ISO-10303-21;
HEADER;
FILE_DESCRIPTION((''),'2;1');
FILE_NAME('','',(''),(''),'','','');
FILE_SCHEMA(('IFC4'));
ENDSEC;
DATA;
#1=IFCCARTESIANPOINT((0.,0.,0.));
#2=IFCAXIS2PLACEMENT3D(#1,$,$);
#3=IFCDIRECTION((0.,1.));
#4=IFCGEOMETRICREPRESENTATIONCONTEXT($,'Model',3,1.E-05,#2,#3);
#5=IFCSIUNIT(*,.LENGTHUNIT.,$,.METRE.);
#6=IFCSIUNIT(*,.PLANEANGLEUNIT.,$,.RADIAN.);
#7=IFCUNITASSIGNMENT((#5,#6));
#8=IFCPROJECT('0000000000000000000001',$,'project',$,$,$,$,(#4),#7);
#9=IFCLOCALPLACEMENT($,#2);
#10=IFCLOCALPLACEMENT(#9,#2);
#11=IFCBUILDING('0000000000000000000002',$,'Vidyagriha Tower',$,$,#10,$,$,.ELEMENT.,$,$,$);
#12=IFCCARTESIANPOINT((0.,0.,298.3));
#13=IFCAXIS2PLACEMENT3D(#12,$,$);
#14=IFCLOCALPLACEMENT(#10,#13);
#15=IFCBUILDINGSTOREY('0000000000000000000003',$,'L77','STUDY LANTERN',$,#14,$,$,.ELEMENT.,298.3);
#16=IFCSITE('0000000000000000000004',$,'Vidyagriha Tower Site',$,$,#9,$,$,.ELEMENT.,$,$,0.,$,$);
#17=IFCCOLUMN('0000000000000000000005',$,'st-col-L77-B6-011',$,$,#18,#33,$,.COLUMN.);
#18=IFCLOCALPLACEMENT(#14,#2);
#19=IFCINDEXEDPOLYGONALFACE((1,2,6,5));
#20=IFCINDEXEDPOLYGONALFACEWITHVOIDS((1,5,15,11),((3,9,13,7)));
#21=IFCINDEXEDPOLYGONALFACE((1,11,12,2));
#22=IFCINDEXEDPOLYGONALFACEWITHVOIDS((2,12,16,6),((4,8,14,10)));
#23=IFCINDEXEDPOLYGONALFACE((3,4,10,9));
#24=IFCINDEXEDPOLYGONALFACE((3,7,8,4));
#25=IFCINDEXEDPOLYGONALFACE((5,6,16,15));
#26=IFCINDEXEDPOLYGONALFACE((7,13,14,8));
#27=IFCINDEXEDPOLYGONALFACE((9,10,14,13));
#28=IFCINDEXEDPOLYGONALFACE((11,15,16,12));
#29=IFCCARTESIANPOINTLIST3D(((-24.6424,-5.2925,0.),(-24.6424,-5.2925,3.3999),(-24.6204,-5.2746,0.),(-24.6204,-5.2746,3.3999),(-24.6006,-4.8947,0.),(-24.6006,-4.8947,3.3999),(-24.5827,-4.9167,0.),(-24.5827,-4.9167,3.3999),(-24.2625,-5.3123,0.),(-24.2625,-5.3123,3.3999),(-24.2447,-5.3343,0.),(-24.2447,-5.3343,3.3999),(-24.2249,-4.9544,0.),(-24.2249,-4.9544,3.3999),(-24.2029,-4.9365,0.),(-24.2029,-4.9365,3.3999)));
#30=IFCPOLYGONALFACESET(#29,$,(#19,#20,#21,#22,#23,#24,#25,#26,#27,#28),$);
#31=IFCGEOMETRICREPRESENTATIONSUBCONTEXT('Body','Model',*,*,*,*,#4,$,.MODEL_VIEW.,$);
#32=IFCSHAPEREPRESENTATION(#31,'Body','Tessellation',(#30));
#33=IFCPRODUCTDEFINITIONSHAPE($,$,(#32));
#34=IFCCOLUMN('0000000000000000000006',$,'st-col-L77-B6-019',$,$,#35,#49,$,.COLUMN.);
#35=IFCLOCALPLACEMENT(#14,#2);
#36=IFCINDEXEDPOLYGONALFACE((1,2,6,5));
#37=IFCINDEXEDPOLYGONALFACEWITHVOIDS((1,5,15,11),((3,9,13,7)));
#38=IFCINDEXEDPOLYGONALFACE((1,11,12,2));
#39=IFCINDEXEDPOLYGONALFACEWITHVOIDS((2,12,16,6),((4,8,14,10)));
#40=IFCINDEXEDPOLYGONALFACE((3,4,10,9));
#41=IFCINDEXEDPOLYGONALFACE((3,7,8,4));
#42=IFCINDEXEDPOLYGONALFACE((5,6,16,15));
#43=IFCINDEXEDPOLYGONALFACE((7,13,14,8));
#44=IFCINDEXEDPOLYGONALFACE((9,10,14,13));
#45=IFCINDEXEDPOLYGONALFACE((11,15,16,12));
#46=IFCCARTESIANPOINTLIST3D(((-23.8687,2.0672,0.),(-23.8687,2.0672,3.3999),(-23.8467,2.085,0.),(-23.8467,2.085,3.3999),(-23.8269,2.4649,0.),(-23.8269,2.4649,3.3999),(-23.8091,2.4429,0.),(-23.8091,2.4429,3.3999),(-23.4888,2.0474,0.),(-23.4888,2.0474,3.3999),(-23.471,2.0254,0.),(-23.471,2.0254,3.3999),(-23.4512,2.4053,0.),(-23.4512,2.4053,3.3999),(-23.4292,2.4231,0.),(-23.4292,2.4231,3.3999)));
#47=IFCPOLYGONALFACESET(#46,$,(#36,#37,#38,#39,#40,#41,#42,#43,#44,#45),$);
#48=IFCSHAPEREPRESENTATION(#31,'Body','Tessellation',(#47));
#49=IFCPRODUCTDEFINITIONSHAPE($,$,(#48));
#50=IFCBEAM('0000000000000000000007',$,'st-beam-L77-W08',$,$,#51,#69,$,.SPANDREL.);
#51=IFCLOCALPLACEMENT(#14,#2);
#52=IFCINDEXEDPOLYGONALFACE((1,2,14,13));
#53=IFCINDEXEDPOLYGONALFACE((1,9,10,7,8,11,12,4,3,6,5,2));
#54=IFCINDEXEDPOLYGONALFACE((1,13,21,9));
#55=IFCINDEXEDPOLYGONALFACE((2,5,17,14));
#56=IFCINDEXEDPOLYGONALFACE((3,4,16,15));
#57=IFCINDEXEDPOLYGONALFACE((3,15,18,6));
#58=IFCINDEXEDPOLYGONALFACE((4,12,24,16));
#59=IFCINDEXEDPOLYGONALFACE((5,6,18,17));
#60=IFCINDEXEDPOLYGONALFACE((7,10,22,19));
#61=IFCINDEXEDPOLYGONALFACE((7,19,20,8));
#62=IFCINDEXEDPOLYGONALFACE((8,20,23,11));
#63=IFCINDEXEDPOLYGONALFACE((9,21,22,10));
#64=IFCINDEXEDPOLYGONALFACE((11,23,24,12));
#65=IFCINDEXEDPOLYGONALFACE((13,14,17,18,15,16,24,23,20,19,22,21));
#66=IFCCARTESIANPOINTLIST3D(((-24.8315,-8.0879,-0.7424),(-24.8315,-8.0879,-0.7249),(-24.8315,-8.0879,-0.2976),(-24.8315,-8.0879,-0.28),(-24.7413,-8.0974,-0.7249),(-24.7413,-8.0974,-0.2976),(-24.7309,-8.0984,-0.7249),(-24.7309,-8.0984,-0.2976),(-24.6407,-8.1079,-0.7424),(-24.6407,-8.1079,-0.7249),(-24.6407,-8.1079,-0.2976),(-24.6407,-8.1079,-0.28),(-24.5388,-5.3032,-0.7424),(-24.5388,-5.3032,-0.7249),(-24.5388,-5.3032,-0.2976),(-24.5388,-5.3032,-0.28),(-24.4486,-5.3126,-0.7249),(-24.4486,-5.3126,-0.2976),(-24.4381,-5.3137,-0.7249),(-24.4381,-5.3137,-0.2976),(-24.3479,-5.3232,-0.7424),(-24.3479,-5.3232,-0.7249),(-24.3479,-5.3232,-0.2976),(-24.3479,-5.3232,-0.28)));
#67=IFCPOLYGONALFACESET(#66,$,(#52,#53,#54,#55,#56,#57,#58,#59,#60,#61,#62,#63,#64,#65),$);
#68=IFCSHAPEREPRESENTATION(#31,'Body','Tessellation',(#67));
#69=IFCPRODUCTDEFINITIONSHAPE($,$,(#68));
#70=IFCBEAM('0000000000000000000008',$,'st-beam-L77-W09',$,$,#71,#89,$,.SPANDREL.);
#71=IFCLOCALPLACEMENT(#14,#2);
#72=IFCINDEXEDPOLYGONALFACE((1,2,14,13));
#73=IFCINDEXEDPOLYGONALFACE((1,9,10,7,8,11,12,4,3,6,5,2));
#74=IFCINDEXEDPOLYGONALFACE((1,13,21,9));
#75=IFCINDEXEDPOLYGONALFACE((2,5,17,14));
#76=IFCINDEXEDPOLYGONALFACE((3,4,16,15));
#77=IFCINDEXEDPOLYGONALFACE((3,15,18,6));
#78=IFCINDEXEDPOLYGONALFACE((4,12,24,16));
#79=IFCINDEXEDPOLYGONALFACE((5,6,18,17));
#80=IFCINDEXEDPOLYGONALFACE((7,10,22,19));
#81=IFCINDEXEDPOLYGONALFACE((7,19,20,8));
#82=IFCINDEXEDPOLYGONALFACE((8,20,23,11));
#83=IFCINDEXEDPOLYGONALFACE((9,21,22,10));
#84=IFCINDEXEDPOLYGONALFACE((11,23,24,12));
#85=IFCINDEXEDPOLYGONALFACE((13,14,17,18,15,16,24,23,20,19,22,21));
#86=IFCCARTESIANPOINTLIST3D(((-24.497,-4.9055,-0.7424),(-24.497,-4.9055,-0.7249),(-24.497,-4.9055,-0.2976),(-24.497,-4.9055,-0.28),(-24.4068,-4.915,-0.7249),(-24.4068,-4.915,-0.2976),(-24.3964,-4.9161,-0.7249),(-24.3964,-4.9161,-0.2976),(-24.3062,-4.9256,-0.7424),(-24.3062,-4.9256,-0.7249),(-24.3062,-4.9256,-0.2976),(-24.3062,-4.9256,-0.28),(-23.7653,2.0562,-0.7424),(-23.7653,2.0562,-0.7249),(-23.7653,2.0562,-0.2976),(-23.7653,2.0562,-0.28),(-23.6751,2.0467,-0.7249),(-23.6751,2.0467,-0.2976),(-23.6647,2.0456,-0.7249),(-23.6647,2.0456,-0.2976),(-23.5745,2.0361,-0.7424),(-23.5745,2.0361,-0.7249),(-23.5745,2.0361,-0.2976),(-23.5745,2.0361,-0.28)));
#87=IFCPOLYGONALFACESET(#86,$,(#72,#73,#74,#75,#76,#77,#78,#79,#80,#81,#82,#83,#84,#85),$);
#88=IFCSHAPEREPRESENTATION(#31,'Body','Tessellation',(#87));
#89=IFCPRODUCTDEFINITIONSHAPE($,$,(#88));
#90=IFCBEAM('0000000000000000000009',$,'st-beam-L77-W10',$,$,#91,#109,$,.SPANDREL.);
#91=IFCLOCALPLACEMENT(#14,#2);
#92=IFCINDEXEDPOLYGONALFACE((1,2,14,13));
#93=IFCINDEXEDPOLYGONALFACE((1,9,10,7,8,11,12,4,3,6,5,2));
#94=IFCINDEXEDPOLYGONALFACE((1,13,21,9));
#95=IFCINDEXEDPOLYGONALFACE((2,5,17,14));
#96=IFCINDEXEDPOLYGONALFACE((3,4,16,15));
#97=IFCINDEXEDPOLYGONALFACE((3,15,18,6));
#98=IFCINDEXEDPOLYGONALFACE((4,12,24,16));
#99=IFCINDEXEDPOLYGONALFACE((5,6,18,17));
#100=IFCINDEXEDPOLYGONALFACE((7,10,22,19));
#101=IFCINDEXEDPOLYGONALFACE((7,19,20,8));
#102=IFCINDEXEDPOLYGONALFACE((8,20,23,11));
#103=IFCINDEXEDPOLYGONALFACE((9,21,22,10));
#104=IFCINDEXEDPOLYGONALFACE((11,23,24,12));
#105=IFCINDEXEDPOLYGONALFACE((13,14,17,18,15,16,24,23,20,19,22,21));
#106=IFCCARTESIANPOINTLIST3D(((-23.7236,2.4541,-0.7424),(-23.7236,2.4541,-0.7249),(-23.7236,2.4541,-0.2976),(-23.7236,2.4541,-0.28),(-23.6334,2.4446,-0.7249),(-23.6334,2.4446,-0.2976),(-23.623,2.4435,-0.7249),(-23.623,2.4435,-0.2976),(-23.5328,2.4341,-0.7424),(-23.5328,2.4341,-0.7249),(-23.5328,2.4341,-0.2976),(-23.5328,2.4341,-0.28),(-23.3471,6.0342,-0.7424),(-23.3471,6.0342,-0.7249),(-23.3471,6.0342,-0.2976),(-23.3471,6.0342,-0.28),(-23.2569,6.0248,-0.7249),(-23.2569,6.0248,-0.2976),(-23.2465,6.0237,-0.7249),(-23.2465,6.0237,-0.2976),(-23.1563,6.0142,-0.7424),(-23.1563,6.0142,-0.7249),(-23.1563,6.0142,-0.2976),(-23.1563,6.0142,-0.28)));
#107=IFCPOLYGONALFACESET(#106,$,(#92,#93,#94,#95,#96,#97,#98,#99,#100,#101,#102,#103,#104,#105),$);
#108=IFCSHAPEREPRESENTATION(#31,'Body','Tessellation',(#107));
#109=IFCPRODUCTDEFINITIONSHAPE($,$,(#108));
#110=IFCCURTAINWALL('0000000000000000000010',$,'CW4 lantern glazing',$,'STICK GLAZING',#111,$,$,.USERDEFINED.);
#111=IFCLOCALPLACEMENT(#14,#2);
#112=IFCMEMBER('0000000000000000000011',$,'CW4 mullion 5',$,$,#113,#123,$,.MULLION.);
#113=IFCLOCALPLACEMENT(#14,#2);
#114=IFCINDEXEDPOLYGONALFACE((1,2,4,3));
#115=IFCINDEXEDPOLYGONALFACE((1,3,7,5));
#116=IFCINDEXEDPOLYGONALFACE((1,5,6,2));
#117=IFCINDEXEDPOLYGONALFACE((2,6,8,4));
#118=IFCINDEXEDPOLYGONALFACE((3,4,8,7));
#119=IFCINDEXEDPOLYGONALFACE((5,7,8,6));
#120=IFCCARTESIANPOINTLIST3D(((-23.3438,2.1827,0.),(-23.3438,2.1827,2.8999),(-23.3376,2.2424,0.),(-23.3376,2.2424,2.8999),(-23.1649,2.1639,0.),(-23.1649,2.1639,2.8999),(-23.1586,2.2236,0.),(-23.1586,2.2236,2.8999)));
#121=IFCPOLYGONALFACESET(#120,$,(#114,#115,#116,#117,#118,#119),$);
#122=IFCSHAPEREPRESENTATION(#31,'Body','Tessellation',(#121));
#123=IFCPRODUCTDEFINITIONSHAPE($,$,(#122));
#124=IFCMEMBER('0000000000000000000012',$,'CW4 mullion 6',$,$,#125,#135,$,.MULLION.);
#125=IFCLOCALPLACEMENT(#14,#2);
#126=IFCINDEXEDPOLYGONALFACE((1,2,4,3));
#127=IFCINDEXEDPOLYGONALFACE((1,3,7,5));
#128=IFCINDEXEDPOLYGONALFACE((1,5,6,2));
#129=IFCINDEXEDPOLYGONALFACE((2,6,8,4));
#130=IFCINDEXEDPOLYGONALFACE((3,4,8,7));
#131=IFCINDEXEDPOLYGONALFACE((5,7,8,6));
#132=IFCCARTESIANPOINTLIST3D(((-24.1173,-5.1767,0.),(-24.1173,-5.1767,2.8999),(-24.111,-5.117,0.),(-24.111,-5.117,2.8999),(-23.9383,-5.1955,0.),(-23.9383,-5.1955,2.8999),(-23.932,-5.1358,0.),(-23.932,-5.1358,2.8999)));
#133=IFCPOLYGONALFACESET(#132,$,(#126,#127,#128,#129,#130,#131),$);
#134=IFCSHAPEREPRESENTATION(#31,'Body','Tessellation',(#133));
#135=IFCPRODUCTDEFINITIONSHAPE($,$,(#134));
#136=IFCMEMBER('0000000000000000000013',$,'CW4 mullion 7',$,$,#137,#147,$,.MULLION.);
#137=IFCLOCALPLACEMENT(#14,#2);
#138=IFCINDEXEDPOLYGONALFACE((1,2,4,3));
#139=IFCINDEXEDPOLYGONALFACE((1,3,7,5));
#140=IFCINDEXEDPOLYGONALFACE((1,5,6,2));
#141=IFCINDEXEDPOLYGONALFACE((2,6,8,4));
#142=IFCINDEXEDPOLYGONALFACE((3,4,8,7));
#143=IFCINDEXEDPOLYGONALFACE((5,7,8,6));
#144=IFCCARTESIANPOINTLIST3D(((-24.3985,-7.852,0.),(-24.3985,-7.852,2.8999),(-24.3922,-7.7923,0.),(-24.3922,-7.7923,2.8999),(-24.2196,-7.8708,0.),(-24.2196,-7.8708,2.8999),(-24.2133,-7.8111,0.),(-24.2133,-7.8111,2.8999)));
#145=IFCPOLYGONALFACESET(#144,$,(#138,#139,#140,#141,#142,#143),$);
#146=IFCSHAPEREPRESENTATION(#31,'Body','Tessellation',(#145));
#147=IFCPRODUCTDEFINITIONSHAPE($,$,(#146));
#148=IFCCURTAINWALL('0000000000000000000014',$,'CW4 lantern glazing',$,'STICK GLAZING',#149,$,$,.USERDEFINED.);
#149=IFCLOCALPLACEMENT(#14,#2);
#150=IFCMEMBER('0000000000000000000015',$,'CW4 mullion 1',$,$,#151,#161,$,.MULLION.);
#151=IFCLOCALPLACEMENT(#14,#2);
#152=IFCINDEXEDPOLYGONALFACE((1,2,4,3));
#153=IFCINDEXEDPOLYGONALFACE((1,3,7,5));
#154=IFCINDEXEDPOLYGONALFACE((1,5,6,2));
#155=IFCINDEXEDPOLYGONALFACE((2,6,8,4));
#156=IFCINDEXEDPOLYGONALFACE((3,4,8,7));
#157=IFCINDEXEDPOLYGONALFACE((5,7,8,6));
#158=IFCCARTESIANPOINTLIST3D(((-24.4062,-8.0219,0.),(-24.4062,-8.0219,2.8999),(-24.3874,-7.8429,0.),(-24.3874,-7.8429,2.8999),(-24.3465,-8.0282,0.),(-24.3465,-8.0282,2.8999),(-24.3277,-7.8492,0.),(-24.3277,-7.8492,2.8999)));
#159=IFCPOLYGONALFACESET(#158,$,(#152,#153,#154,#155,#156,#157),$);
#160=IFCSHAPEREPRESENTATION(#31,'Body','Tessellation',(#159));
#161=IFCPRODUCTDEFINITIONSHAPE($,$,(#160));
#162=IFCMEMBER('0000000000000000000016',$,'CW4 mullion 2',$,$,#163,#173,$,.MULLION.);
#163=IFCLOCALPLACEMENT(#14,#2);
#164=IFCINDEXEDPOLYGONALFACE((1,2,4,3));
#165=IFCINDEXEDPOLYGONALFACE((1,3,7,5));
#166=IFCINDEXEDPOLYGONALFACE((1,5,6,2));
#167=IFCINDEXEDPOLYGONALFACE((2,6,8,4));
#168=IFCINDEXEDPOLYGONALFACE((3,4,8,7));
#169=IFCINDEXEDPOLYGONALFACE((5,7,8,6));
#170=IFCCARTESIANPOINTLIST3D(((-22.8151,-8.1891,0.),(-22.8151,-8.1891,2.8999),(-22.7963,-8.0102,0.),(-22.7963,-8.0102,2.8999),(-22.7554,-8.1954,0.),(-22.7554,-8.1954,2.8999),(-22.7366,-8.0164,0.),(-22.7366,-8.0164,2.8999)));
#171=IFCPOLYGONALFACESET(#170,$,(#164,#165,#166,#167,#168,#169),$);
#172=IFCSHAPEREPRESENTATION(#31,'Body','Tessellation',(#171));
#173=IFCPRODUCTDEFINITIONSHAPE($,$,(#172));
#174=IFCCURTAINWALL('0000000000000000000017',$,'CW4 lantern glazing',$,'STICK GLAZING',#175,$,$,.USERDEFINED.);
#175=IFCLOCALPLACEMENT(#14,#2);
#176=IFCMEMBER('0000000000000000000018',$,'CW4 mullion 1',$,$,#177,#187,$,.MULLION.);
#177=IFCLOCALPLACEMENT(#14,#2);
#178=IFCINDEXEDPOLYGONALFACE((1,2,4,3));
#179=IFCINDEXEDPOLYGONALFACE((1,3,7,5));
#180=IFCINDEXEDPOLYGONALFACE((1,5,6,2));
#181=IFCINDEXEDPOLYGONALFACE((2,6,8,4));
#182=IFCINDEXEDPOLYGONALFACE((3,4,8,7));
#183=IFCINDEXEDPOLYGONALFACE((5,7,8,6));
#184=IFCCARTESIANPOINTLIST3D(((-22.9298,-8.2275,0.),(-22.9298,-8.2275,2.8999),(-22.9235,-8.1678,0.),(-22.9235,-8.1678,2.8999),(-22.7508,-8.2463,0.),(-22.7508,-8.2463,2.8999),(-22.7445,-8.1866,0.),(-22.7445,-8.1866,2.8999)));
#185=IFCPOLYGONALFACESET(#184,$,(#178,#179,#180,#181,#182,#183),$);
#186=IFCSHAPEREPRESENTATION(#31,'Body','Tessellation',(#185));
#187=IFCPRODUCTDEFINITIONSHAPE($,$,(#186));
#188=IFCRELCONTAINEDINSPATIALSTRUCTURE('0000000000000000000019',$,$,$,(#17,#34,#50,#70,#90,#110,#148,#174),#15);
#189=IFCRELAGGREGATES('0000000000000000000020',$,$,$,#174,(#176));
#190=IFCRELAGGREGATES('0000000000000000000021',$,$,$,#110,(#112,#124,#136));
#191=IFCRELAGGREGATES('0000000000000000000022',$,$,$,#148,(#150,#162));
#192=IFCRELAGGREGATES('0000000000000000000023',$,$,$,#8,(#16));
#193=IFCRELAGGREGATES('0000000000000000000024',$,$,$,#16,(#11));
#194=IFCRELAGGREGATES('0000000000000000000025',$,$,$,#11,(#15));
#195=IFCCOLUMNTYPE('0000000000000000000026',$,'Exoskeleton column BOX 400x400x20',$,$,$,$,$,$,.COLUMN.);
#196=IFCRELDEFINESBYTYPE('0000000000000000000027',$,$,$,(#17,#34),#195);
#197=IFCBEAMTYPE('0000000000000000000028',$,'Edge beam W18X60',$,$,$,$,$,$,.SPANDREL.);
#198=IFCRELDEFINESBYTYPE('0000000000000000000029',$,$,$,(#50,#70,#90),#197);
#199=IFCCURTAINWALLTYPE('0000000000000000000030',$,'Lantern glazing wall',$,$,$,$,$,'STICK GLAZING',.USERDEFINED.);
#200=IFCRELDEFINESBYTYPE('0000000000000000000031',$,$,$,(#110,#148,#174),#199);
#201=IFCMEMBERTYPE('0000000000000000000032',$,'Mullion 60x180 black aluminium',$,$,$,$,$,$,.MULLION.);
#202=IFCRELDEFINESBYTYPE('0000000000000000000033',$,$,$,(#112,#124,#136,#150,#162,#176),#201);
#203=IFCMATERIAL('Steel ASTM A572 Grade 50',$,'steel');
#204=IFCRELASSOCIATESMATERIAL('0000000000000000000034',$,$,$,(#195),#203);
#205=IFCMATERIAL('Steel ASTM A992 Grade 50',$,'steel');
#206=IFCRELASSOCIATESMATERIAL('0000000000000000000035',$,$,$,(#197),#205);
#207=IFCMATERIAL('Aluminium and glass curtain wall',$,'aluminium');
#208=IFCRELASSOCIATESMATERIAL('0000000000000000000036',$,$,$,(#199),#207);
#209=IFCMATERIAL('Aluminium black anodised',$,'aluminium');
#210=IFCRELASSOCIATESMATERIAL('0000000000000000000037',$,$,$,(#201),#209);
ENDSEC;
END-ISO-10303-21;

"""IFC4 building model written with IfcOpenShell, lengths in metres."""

from ifc_helpers import new_model, si_unit, direction, frame, origin, origin_2d, place, context, subcontext, project, spatial, rectangle, hollow_rectangle, i_section, extrude, material, material_profile, profile_set, type_object, element, aggregate, save


model = new_model("IFC4")

# Units and contexts
model_context = context("Model", 3, precision=1e-05, world=origin(), true_north=direction((0.0, 1.0)))
body_context = subcontext(model_context, "Body", "Model", "MODEL_VIEW")
ifc_project = project(units=[si_unit("LENGTHUNIT", "METRE"), si_unit("PLANEANGLEUNIT", "RADIAN")], contexts=[model_context])

# Site, building, storey
site_placement = place(None, origin())
site = spatial("IfcSite", under=ifc_project, at=site_placement, Name="Vidyagriha Tower Site", CompositionType="ELEMENT", RefElevation=0.0)
building_placement = place(site_placement, origin())
building = spatial("IfcBuilding", under=site, at=building_placement, Name="Vidyagriha Tower", CompositionType="ELEMENT")
storey_placement = place(building_placement, frame((0.0, 0.0, 298.3)))
storey = spatial("IfcBuildingStorey", under=building, at=storey_placement, Name="L77", Description="STUDY LANTERN", CompositionType="ELEMENT", Elevation=298.3)

# Columns
ifc_material_1 = material(Name="Steel ASTM A572 Grade 50", Category="steel")
ifc_material_profile_1 = material_profile(ifc_material_1, hollow_rectangle(XDim=0.3999, YDim=0.3999, WallThickness=0.02, at=origin_2d()), Name="BOX 400x400x20")
ifc_profile_set_1 = profile_set([ifc_material_profile_1], Name="Steel ASTM A572 Grade 50")
column_type = type_object("IfcColumnType", Name="Exoskeleton column BOX 400x400x20", PredefinedType="COLUMN", material=ifc_profile_set_1)
for number, where, z_axis, x_axis, name in (
    (1, (-24.4226, -5.1145, 0.0), (0.0, 0.0, 1.0), (0.994522, -0.104528, 0.0), "st-col-L77-B6-011"),
    (2, (-23.6489, 2.2451, 0.0), (0.0, 0.0, 1.0), (0.994522, -0.104528, 0.0), "st-col-L77-B6-019"),
):
    element("IfcColumn", number, at=place(storey_placement, frame(where, z_axis=z_axis, x_axis=x_axis)), inside=storey, type_object=column_type, Name=name, PredefinedType="COLUMN", context=body_context, shape_type="SweptSolid", body=[
        extrude(hollow_rectangle(XDim=0.3999, YDim=0.3999, WallThickness=0.02, at=origin_2d()), origin(), (0.0, 0.0, 1.0), 3.3999),
    ])

# Beams
ifc_material_2 = material(Name="Steel ASTM A992 Grade 50", Category="steel")
ifc_material_profile_2 = material_profile(ifc_material_2, i_section(OverallWidth=0.1919, OverallDepth=0.4624, WebThickness=0.0105, FlangeThickness=0.0176, at=origin_2d()), Name="W18X60")
ifc_profile_set_2 = profile_set([ifc_material_profile_2], Name="Steel ASTM A992 Grade 50")
beam_type = type_object("IfcBeamType", Name="Edge beam W18X60", PredefinedType="SPANDREL", material=ifc_profile_set_2)
beam_1_placement = place(storey_placement, frame((-24.7361, -8.0979, -0.5112), z_axis=(0.104544, 0.99452, 0.0), x_axis=(-0.99452, 0.104544, 0.0)))
element("IfcBeam", 3, at=beam_1_placement, inside=storey, type_object=beam_type, Name="st-beam-L77-W08", PredefinedType="SPANDREL", context=body_context, shape_type="SweptSolid", body=[
    extrude(i_section(OverallWidth=0.1919, OverallDepth=0.4624, WebThickness=0.0105, FlangeThickness=0.0176, at=origin_2d()), origin(), (0.0, 0.0, 1.0), 2.8),
])
beam_2_placement = place(storey_placement, frame((-24.4016, -4.9155, -0.5112), z_axis=(0.104527, 0.994522, 0.0), x_axis=(-0.994522, 0.104527, 0.0)))
element("IfcBeam", 4, at=beam_2_placement, inside=storey, type_object=beam_type, Name="st-beam-L77-W09", PredefinedType="SPANDREL", context=body_context, shape_type="SweptSolid", body=[
    extrude(i_section(OverallWidth=0.1919, OverallDepth=0.4624, WebThickness=0.0105, FlangeThickness=0.0176, at=origin_2d()), origin(), (0.0, 0.0, 1.0), 7.0),
])
beam_3_placement = place(storey_placement, frame((-23.6282, 2.4441, -0.5112), z_axis=(0.104579, 0.994517, 0.0), x_axis=(-0.994517, 0.104579, 0.0)))
element("IfcBeam", 5, at=beam_3_placement, inside=storey, type_object=beam_type, Name="st-beam-L77-W10", PredefinedType="SPANDREL", context=body_context, shape_type="SweptSolid", body=[
    extrude(i_section(OverallWidth=0.1919, OverallDepth=0.4624, WebThickness=0.0105, FlangeThickness=0.0176, at=origin_2d()), origin(), (0.0, 0.0, 1.0), 3.5999),
])

# Curtain walls, members
ifc_material_3 = material(Name="Aluminium and glass curtain wall", Category="aluminium")
curtain_wall_type = type_object("IfcCurtainWallType", Name="Lantern glazing wall", ElementType="STICK GLAZING", PredefinedType="USERDEFINED", material=ifc_material_3)
curtain_wall_1_placement = place(storey_placement, origin())
curtain_wall_1 = element("IfcCurtainWall", 6, at=curtain_wall_1_placement, inside=storey, type_object=curtain_wall_type, Name="CW4 lantern glazing", ObjectType="STICK GLAZING", PredefinedType="USERDEFINED")
ifc_material_4 = material(Name="Aluminium black anodised", Category="aluminium")
ifc_material_profile_3 = material_profile(ifc_material_4, rectangle(XDim=0.1799, YDim=0.0601, at=origin_2d()), Name="Mullion 60x180 black aluminium")
ifc_profile_set_3 = profile_set([ifc_material_profile_3], Name="Aluminium black anodised")
member_type_1 = type_object("IfcMemberType", Name="Mullion 60x180 black aluminium", PredefinedType="MULLION", material=ifc_profile_set_3)
member_1_placement = place(storey_placement, frame((-23.2512, 2.2031, 0.0), z_axis=(0.0, 0.0, 1.0), x_axis=(0.994522, -0.104527, 0.0)))
member_1 = element("IfcMember", 7, at=member_1_placement, type_object=member_type_1, Name="CW4 mullion 5", PredefinedType="MULLION", context=body_context, shape_type="SweptSolid", body=[
    extrude(rectangle(XDim=0.1799, YDim=0.0601, at=origin_2d()), origin(), (0.0, 0.0, 1.0), 2.8999),
])
member_2_placement = place(storey_placement, frame((-24.0247, -5.1562, 0.0), z_axis=(0.0, 0.0, 1.0), x_axis=(0.994522, -0.104527, 0.0)))
member_2 = element("IfcMember", 8, at=member_2_placement, type_object=member_type_1, Name="CW4 mullion 6", PredefinedType="MULLION", context=body_context, shape_type="SweptSolid", body=[
    extrude(rectangle(XDim=0.1799, YDim=0.0601, at=origin_2d()), origin(), (0.0, 0.0, 1.0), 2.8999),
])
member_3_placement = place(storey_placement, frame((-24.3059, -7.8315, 0.0), z_axis=(0.0, 0.0, 1.0), x_axis=(0.994522, -0.104527, 0.0)))
member_3 = element("IfcMember", 9, at=member_3_placement, type_object=member_type_1, Name="CW4 mullion 7", PredefinedType="MULLION", context=body_context, shape_type="SweptSolid", body=[
    extrude(rectangle(XDim=0.1799, YDim=0.0601, at=origin_2d()), origin(), (0.0, 0.0, 1.0), 2.8999),
])
curtain_wall_2_placement = place(storey_placement, origin())
curtain_wall_2 = element("IfcCurtainWall", 10, at=curtain_wall_2_placement, inside=storey, type_object=curtain_wall_type, Name="CW4 lantern glazing", ObjectType="STICK GLAZING", PredefinedType="USERDEFINED")
member_4_placement = place(storey_placement, frame((-24.3669, -7.9355, 0.0), z_axis=(0.0, 0.0, 1.0), x_axis=(0.104519, 0.994523, 0.0)))
member_4 = element("IfcMember", 11, at=member_4_placement, type_object=member_type_1, Name="CW4 mullion 1", PredefinedType="MULLION", context=body_context, shape_type="SweptSolid", body=[
    extrude(rectangle(XDim=0.1799, YDim=0.0601, at=origin_2d()), origin(), (0.0, 0.0, 1.0), 2.8999),
])
member_5_placement = place(storey_placement, frame((-22.7759, -8.1028, 0.0), z_axis=(0.0, 0.0, 1.0), x_axis=(0.104519, 0.994523, 0.0)))
member_5 = element("IfcMember", 12, at=member_5_placement, type_object=member_type_1, Name="CW4 mullion 2", PredefinedType="MULLION", context=body_context, shape_type="SweptSolid", body=[
    extrude(rectangle(XDim=0.1799, YDim=0.0601, at=origin_2d()), origin(), (0.0, 0.0, 1.0), 2.8999),
])

# Curtain wall, member
curtain_wall_3_placement = place(storey_placement, origin())
curtain_wall_3 = element("IfcCurtainWall", 13, at=curtain_wall_3_placement, inside=storey, type_object=curtain_wall_type, Name="CW4 lantern glazing", ObjectType="STICK GLAZING", PredefinedType="USERDEFINED")
member_6_placement = place(storey_placement, frame((-22.8372, -8.207, 0.0), z_axis=(0.0, 0.0, 1.0), x_axis=(0.994519, -0.104557, 0.0)))
member_6 = element("IfcMember", 14, at=member_6_placement, type_object=member_type_1, Name="CW4 mullion 1", PredefinedType="MULLION", context=body_context, shape_type="SweptSolid", body=[
    extrude(rectangle(XDim=0.1799, YDim=0.0601, at=origin_2d()), origin(), (0.0, 0.0, 1.0), 2.8999),
])
aggregate(curtain_wall_3, [member_6])

aggregate(curtain_wall_1, [member_1, member_2, member_3])
aggregate(curtain_wall_2, [member_4, member_5])

save(model, "model.ifc")
